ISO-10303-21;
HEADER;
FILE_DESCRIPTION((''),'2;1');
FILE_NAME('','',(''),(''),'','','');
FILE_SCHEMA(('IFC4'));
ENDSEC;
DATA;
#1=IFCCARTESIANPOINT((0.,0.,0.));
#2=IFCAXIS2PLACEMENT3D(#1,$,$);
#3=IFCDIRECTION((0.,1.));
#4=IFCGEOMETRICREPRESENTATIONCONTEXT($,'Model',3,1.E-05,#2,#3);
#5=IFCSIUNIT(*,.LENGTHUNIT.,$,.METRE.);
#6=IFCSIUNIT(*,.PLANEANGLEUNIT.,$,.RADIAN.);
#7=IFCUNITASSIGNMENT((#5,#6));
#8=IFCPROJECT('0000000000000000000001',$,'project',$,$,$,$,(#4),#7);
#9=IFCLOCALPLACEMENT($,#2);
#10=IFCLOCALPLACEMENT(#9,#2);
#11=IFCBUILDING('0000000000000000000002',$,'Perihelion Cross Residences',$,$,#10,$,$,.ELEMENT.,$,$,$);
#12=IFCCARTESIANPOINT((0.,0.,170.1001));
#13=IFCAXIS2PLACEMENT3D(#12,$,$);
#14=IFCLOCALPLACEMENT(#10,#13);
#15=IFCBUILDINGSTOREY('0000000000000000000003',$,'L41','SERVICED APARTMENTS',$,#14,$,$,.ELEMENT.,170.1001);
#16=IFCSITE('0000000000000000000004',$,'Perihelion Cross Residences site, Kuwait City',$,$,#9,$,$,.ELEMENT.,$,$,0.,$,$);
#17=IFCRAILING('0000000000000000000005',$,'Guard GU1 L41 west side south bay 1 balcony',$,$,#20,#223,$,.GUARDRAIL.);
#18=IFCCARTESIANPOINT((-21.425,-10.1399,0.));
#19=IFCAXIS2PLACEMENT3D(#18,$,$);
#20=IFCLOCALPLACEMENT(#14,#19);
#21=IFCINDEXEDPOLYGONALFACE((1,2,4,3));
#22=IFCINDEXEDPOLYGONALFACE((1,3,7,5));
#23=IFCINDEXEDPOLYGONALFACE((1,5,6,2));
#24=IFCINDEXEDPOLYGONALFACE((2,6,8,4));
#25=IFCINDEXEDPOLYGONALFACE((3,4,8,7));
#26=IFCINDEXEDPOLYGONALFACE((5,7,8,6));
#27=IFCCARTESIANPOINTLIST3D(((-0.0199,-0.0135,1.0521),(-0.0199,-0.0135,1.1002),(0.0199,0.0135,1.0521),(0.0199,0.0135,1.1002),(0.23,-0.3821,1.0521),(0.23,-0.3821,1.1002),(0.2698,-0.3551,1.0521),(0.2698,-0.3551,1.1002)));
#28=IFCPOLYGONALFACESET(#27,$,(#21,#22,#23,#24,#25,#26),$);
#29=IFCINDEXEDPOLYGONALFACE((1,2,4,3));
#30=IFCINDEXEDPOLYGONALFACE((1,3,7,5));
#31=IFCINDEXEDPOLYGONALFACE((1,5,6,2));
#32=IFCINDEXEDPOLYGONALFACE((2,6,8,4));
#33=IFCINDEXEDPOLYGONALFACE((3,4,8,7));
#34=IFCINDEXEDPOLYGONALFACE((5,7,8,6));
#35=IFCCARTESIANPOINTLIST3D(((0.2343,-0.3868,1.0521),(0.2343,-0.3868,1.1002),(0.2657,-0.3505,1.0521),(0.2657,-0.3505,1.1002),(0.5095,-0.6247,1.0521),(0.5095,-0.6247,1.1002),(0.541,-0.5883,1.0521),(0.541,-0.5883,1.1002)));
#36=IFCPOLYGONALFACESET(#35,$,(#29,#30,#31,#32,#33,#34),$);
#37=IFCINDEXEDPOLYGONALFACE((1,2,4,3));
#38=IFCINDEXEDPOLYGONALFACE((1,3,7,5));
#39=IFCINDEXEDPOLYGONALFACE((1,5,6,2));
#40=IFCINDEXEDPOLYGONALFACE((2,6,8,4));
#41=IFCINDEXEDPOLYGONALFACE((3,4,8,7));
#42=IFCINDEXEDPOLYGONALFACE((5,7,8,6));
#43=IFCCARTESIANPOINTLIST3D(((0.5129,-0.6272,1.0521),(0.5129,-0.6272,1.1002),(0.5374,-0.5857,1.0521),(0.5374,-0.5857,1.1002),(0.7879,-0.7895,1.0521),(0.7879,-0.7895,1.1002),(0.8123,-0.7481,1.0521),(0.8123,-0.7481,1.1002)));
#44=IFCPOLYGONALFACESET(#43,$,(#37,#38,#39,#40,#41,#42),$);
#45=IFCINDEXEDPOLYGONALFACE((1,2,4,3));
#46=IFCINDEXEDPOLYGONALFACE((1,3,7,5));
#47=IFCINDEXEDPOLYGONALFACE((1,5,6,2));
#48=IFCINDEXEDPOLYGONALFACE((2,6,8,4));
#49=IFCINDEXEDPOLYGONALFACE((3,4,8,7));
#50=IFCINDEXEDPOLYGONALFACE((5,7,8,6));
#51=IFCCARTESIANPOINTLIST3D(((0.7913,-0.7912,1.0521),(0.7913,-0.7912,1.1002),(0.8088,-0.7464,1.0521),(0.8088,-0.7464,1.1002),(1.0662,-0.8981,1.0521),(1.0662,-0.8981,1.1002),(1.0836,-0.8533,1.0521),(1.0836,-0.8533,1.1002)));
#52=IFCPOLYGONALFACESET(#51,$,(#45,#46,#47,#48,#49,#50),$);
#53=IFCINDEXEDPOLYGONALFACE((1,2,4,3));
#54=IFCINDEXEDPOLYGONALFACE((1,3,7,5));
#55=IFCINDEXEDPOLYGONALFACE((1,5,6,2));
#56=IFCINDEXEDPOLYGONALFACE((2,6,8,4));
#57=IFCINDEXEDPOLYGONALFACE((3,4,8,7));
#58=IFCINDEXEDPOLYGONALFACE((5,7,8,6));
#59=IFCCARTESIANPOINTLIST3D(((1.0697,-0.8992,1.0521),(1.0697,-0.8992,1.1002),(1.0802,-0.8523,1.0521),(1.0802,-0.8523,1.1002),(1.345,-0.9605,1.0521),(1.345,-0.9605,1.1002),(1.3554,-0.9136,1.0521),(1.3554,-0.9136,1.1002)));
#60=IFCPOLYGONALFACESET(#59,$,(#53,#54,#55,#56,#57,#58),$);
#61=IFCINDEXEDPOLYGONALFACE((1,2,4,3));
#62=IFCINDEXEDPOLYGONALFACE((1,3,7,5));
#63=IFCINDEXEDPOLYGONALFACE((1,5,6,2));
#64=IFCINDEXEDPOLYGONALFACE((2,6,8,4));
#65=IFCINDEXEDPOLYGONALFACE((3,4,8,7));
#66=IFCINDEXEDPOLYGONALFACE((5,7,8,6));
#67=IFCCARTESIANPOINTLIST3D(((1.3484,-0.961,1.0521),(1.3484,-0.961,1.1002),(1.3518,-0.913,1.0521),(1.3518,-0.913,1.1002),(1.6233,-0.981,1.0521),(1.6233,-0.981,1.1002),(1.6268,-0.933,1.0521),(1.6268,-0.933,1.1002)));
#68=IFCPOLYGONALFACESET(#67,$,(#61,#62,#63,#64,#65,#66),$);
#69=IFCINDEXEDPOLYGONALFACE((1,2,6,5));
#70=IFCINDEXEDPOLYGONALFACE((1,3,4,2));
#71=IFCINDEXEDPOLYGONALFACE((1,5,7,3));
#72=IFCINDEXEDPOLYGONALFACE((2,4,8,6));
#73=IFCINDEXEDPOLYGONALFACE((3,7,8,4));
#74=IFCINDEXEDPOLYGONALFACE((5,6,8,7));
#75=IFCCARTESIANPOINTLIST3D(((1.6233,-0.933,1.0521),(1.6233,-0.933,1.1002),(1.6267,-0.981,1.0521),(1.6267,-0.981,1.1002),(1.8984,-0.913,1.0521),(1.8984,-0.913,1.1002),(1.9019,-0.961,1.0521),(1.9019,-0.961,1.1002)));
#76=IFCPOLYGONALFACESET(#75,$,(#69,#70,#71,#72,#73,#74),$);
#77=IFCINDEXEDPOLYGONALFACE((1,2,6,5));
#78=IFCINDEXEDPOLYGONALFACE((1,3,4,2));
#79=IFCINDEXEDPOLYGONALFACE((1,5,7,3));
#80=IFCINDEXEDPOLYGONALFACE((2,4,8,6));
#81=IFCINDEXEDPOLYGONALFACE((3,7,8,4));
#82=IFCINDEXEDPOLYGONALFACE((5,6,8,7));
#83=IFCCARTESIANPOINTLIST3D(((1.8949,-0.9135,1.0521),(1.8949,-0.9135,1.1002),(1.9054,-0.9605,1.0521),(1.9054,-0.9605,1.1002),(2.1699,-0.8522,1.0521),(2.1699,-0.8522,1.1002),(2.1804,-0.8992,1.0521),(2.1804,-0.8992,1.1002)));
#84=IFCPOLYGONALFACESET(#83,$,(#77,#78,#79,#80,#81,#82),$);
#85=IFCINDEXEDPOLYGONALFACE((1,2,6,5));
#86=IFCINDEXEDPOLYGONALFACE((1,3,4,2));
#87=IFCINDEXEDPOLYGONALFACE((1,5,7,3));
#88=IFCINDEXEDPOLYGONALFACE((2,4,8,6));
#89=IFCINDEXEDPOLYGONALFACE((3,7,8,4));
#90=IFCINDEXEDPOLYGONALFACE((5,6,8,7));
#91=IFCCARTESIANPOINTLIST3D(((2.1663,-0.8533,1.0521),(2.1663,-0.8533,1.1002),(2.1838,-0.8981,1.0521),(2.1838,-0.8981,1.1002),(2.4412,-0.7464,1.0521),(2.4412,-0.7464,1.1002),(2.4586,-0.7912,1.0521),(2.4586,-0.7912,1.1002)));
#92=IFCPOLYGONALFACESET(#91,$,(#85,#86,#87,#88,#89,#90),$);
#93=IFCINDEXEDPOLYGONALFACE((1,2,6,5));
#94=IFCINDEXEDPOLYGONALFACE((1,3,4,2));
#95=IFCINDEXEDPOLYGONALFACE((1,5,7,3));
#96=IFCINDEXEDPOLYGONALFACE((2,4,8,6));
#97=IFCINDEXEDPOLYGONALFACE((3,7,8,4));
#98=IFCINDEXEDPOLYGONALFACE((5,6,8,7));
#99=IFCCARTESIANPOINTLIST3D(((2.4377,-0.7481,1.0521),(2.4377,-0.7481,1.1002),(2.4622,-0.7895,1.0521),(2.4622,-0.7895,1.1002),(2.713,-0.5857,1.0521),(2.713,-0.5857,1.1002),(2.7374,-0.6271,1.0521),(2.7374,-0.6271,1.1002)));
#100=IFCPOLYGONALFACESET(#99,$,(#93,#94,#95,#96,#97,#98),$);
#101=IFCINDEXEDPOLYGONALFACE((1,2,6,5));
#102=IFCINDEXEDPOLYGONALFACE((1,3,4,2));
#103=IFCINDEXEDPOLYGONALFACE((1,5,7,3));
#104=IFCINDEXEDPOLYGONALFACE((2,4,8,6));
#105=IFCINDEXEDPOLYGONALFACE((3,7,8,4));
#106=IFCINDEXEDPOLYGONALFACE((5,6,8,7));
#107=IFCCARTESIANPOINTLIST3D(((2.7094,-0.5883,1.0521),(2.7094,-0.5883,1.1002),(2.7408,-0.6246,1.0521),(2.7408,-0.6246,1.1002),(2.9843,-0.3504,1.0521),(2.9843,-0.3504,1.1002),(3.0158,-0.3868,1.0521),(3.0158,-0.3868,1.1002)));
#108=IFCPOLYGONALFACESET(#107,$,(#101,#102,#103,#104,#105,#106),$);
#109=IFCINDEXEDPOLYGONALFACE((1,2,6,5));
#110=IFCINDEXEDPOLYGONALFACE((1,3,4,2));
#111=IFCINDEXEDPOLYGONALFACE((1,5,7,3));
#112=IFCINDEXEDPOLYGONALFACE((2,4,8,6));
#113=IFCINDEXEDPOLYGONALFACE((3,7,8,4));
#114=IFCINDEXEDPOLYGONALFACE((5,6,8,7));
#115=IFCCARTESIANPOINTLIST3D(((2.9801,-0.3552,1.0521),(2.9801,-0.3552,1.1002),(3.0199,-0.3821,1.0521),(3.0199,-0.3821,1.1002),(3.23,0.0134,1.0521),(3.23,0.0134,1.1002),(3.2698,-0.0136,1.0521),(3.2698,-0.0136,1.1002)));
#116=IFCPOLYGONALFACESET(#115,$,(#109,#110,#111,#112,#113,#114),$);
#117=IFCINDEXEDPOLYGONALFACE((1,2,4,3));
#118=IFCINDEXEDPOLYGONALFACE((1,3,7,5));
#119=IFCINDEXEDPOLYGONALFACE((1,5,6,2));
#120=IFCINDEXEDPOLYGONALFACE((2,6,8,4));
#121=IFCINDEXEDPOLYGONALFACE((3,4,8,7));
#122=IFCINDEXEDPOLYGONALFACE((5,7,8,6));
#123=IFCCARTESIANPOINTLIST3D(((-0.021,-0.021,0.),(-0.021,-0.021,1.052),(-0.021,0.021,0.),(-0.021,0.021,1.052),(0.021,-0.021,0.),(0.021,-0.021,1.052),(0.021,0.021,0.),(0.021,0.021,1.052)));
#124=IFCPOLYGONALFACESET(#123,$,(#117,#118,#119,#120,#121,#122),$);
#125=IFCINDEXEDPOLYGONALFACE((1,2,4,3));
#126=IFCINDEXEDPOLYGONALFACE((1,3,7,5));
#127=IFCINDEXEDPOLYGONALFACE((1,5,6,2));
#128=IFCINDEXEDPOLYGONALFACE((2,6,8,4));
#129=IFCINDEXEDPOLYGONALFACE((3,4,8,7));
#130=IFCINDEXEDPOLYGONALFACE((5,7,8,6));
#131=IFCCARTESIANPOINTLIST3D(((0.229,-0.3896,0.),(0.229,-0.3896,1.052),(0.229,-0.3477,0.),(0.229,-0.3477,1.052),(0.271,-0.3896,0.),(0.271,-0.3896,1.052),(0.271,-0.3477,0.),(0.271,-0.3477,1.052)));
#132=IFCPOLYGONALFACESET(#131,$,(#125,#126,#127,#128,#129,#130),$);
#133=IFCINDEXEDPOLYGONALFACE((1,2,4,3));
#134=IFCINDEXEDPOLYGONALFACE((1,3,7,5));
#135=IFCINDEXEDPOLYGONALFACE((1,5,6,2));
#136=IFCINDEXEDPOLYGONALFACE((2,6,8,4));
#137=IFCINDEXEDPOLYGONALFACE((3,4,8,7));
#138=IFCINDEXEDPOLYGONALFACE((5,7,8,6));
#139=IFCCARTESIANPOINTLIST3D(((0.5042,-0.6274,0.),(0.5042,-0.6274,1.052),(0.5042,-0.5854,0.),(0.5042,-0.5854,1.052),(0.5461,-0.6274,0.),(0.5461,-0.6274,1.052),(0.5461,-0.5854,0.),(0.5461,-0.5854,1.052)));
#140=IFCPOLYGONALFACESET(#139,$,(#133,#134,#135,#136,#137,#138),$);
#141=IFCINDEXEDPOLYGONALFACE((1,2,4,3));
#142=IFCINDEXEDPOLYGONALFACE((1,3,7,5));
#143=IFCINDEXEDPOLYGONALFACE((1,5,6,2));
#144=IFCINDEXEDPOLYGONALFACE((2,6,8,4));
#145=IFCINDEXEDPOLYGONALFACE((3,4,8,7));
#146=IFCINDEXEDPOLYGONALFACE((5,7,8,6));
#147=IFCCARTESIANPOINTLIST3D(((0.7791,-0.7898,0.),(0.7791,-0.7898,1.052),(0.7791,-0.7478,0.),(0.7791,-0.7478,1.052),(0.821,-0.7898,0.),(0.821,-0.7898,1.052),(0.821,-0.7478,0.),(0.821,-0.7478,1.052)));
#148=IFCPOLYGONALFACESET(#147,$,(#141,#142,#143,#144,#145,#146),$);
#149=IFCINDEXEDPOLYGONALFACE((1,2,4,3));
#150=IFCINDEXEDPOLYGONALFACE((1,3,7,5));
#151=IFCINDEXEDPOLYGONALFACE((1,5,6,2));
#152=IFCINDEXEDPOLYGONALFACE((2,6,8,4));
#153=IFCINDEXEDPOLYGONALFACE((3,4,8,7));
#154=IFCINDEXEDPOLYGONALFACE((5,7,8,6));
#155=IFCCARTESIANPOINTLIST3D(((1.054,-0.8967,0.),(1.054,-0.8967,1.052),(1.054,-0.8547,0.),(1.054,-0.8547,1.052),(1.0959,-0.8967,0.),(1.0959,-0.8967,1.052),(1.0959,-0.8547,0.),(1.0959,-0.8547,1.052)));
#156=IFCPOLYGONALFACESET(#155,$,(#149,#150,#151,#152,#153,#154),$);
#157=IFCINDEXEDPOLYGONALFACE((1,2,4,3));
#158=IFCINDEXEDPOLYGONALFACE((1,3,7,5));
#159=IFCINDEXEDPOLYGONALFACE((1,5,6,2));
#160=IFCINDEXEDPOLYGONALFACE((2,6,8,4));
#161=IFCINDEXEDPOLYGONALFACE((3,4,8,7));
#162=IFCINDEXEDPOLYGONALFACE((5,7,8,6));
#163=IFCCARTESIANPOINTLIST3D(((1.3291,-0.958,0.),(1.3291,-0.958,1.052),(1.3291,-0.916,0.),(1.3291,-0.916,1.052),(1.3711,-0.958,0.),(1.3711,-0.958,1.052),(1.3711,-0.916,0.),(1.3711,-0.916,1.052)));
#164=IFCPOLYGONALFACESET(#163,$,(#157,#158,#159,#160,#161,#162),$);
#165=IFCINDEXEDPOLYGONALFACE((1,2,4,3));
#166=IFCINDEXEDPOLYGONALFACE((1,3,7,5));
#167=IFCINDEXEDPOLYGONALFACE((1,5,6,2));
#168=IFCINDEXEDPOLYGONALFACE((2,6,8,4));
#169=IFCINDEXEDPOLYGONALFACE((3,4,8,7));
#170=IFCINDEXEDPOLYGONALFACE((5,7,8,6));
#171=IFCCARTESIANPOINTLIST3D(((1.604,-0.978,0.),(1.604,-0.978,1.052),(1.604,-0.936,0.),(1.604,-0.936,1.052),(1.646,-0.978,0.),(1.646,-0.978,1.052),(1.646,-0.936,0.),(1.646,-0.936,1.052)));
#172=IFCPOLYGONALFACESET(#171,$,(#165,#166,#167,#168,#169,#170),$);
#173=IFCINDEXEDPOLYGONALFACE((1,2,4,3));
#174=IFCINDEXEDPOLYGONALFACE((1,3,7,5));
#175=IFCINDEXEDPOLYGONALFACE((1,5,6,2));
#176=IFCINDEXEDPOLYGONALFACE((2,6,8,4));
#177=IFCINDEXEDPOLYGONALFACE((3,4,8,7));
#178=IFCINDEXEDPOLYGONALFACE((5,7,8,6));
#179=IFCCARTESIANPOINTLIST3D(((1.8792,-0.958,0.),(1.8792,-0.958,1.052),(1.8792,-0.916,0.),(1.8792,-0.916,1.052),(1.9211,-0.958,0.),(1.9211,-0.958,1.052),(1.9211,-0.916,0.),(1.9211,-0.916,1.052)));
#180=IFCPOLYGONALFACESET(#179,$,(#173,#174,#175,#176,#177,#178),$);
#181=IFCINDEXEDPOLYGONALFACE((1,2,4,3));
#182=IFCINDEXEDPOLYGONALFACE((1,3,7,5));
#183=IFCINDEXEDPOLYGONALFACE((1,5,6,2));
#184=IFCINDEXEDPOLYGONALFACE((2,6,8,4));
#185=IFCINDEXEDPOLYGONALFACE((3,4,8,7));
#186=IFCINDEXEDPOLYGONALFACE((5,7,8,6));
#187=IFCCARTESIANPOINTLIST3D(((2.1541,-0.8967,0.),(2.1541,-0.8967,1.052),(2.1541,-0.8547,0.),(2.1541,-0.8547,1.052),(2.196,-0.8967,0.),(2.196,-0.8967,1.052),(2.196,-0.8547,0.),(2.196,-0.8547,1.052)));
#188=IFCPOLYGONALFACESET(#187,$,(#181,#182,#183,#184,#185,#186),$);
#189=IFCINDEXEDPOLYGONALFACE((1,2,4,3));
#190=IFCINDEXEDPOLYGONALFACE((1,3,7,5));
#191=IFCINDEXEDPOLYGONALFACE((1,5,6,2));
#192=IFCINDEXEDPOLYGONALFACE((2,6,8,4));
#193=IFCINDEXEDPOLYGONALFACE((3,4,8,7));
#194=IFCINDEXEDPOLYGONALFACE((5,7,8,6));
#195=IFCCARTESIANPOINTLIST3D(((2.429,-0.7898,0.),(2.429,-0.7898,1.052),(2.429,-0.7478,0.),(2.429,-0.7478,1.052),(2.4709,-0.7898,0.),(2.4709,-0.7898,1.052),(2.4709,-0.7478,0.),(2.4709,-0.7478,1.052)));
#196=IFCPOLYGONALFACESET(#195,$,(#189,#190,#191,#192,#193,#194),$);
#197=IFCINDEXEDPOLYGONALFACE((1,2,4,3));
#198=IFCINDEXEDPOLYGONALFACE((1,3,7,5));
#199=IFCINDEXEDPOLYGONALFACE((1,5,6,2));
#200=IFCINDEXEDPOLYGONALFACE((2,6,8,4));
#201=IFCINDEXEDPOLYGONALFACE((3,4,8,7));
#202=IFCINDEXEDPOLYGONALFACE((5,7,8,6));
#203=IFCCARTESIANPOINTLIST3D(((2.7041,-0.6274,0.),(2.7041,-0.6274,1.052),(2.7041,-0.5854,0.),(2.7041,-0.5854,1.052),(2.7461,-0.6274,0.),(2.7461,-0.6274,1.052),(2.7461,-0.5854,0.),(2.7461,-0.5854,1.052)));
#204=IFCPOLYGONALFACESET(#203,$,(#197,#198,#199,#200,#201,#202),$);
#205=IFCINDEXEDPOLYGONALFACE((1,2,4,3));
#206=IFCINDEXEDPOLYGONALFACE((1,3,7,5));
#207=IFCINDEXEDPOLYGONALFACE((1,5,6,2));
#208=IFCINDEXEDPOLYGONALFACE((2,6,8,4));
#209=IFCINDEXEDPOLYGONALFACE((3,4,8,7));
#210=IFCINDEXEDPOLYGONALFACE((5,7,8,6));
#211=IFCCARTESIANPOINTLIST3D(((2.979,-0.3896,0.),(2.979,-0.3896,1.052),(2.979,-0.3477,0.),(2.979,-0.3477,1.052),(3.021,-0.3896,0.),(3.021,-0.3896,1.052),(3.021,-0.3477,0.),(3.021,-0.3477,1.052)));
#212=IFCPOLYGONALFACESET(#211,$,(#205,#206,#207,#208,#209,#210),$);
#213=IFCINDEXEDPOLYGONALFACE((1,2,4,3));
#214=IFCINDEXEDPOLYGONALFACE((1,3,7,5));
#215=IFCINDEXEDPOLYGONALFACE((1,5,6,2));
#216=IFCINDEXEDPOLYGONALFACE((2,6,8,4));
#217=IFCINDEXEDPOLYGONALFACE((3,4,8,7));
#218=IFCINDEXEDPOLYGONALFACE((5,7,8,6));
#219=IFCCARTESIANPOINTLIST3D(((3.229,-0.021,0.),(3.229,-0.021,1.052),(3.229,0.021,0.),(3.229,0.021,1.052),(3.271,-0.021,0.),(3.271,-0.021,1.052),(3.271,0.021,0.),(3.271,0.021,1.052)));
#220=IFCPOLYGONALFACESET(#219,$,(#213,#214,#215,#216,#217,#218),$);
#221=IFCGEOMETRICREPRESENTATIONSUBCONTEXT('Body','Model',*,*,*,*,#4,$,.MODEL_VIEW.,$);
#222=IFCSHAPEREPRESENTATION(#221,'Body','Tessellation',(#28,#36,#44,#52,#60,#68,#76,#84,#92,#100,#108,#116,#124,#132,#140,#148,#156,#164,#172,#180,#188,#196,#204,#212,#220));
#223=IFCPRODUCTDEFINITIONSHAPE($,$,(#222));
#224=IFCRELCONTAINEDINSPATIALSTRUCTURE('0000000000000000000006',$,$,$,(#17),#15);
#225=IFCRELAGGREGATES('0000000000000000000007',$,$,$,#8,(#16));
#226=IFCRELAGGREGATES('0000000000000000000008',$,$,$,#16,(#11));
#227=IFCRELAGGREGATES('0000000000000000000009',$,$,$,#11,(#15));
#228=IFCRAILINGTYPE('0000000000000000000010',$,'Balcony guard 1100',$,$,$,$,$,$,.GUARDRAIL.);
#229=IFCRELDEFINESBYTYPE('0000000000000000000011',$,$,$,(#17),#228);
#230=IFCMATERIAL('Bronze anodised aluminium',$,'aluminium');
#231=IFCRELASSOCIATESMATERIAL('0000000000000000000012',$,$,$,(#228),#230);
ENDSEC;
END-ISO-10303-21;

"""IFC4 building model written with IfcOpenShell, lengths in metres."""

from ifc_helpers import new_model, si_unit, direction, frame, origin, origin_2d, place, context, subcontext, project, spatial, rectangle, extrude, material, type_object, element, save


model = new_model("IFC4")

# Units and contexts
model_context = context("Model", 3, precision=1e-05, world=origin(), true_north=direction((0.0, 1.0)))
body_context = subcontext(model_context, "Body", "Model", "MODEL_VIEW")
ifc_project = project(units=[si_unit("LENGTHUNIT", "METRE"), si_unit("PLANEANGLEUNIT", "RADIAN")], contexts=[model_context])

# Site, building, storey
site_placement = place(None, origin())
site = spatial("IfcSite", under=ifc_project, at=site_placement, Name="Perihelion Cross Residences site, Kuwait City", CompositionType="ELEMENT", RefElevation=0.0)
building_placement = place(site_placement, origin())
building = spatial("IfcBuilding", under=site, at=building_placement, Name="Perihelion Cross Residences", CompositionType="ELEMENT")
storey_placement = place(building_placement, frame((0.0, 0.0, 170.1001)))
storey = spatial("IfcBuildingStorey", under=building, at=storey_placement, Name="L41", Description="SERVICED APARTMENTS", CompositionType="ELEMENT", Elevation=170.1001)

# Railing
ifc_material_1 = material(Name="Bronze anodised aluminium", Category="aluminium")
railing_type_1 = type_object("IfcRailingType", Name="Balcony guard 1100", PredefinedType="GUARDRAIL", material=ifc_material_1)
railing_1_placement = place(storey_placement, frame((-21.425, -10.1399, 0.0)))
element("IfcRailing", 1, at=railing_1_placement, inside=storey, type_object=railing_type_1, Name="Guard GU1 L41 west side south bay 1 balcony", PredefinedType="GUARDRAIL", context=body_context, shape_type="SweptSolid", body=[
    extrude(rectangle(XDim=0.0481, YDim=0.0481, at=origin_2d()), frame((0.0, 0.0, 1.0762), z_axis=(0.56126, -0.827639, 0.0), x_axis=(0.827639, 0.56126, 0.0)), (0.0, 0.0, 1.0), 0.4453),
    extrude(rectangle(XDim=0.0481, YDim=0.0481, at=origin_2d()), frame((0.25, -0.3687, 1.0762), z_axis=(0.756597, -0.653882, 0.0), x_axis=(0.653882, 0.756597, 0.0)), (0.0, 0.0, 1.0), 0.3638),
    extrude(rectangle(XDim=0.0481, YDim=0.0481, at=origin_2d()), frame((0.5251, -0.6064, 1.0762), z_axis=(0.861048, -0.508523, 0.0), x_axis=(0.508523, 0.861048, 0.0)), (0.0, 0.0, 1.0), 0.3193),
    extrude(rectangle(XDim=0.0481, YDim=0.0481, at=origin_2d()), frame((0.8, -0.7688, 1.0762), z_axis=(0.931974, -0.362526, 0.0), x_axis=(0.362526, 0.931974, 0.0)), (0.0, 0.0, 1.0), 0.2949),
    extrude(rectangle(XDim=0.0481, YDim=0.0481, at=origin_2d()), frame((1.075, -0.8757, 1.0762), z_axis=(0.976085, -0.217389, 0.0), x_axis=(0.217389, 0.976085, 0.0)), (0.0, 0.0, 1.0), 0.282),
    extrude(rectangle(XDim=0.0481, YDim=0.0481, at=origin_2d()), frame((1.3501, -0.937, 1.0762), z_axis=(0.997359, -0.072632, 0.0), x_axis=(0.072632, 0.997359, 0.0)), (0.0, 0.0, 1.0), 0.2756),
    extrude(rectangle(XDim=0.0481, YDim=0.0481, at=origin_2d()), frame((1.625, -0.957, 1.0762), z_axis=(0.997363, 0.072568, 0.0), x_axis=(-0.072568, 0.997363, 0.0)), (0.0, 0.0, 1.0), 0.2759),
    extrude(rectangle(XDim=0.0481, YDim=0.0481, at=origin_2d()), frame((1.9001, -0.937, 1.0762), z_axis=(0.976044, 0.217573, 0.0), x_axis=(-0.217573, 0.976044, 0.0)), (0.0, 0.0, 1.0), 0.2817),
    extrude(rectangle(XDim=0.0481, YDim=0.0481, at=origin_2d()), frame((2.175, -0.8757, 1.0762), z_axis=(0.931974, 0.362526, 0.0), x_axis=(-0.362526, 0.931974, 0.0)), (0.0, 0.0, 1.0), 0.2949),
    extrude(rectangle(XDim=0.0481, YDim=0.0481, at=origin_2d()), frame((2.45, -0.7688, 1.0762), z_axis=(0.861246, 0.508189, 0.0), x_axis=(-0.508189, 0.861246, 0.0)), (0.0, 0.0, 1.0), 0.3196),
    extrude(rectangle(XDim=0.0481, YDim=0.0481, at=origin_2d()), frame((2.7251, -0.6064, 1.0762), z_axis=(0.756309, 0.654214, 0.0), x_axis=(-0.654214, 0.756309, 0.0)), (0.0, 0.0, 1.0), 0.3635),
    extrude(rectangle(XDim=0.0481, YDim=0.0481, at=origin_2d()), frame((3.0, -0.3687, 1.0762), z_axis=(0.56126, 0.827639, 0.0), x_axis=(-0.827639, 0.56126, 0.0)), (0.0, 0.0, 1.0), 0.4453),
    extrude(rectangle(XDim=0.042, YDim=0.042, at=origin_2d()), origin(), (0.0, 0.0, 1.0), 1.052),
    extrude(rectangle(XDim=0.042, YDim=0.042, at=origin_2d()), frame((0.25, -0.3687, 0.0)), (0.0, 0.0, 1.0), 1.052),
    extrude(rectangle(XDim=0.042, YDim=0.042, at=origin_2d()), frame((0.5251, -0.6064, 0.0)), (0.0, 0.0, 1.0), 1.052),
    extrude(rectangle(XDim=0.042, YDim=0.042, at=origin_2d()), frame((0.8, -0.7688, 0.0)), (0.0, 0.0, 1.0), 1.052),
    extrude(rectangle(XDim=0.042, YDim=0.042, at=origin_2d()), frame((1.075, -0.8757, 0.0)), (0.0, 0.0, 1.0), 1.052),
    extrude(rectangle(XDim=0.042, YDim=0.042, at=origin_2d()), frame((1.3501, -0.937, 0.0)), (0.0, 0.0, 1.0), 1.052),
    extrude(rectangle(XDim=0.042, YDim=0.042, at=origin_2d()), frame((1.625, -0.957, 0.0)), (0.0, 0.0, 1.0), 1.052),
    extrude(rectangle(XDim=0.042, YDim=0.042, at=origin_2d()), frame((1.9001, -0.937, 0.0)), (0.0, 0.0, 1.0), 1.052),
    extrude(rectangle(XDim=0.042, YDim=0.042, at=origin_2d()), frame((2.175, -0.8757, 0.0)), (0.0, 0.0, 1.0), 1.052),
    extrude(rectangle(XDim=0.042, YDim=0.042, at=origin_2d()), frame((2.45, -0.7688, 0.0)), (0.0, 0.0, 1.0), 1.052),
    extrude(rectangle(XDim=0.042, YDim=0.042, at=origin_2d()), frame((2.7251, -0.6064, 0.0)), (0.0, 0.0, 1.0), 1.052),
    extrude(rectangle(XDim=0.042, YDim=0.042, at=origin_2d()), frame((3.0, -0.3687, 0.0)), (0.0, 0.0, 1.0), 1.052),
    extrude(rectangle(XDim=0.042, YDim=0.042, at=origin_2d()), frame((3.25, 0.0, 0.0)), (0.0, 0.0, 1.0), 1.052),
])

save(model, "model.ifc")
